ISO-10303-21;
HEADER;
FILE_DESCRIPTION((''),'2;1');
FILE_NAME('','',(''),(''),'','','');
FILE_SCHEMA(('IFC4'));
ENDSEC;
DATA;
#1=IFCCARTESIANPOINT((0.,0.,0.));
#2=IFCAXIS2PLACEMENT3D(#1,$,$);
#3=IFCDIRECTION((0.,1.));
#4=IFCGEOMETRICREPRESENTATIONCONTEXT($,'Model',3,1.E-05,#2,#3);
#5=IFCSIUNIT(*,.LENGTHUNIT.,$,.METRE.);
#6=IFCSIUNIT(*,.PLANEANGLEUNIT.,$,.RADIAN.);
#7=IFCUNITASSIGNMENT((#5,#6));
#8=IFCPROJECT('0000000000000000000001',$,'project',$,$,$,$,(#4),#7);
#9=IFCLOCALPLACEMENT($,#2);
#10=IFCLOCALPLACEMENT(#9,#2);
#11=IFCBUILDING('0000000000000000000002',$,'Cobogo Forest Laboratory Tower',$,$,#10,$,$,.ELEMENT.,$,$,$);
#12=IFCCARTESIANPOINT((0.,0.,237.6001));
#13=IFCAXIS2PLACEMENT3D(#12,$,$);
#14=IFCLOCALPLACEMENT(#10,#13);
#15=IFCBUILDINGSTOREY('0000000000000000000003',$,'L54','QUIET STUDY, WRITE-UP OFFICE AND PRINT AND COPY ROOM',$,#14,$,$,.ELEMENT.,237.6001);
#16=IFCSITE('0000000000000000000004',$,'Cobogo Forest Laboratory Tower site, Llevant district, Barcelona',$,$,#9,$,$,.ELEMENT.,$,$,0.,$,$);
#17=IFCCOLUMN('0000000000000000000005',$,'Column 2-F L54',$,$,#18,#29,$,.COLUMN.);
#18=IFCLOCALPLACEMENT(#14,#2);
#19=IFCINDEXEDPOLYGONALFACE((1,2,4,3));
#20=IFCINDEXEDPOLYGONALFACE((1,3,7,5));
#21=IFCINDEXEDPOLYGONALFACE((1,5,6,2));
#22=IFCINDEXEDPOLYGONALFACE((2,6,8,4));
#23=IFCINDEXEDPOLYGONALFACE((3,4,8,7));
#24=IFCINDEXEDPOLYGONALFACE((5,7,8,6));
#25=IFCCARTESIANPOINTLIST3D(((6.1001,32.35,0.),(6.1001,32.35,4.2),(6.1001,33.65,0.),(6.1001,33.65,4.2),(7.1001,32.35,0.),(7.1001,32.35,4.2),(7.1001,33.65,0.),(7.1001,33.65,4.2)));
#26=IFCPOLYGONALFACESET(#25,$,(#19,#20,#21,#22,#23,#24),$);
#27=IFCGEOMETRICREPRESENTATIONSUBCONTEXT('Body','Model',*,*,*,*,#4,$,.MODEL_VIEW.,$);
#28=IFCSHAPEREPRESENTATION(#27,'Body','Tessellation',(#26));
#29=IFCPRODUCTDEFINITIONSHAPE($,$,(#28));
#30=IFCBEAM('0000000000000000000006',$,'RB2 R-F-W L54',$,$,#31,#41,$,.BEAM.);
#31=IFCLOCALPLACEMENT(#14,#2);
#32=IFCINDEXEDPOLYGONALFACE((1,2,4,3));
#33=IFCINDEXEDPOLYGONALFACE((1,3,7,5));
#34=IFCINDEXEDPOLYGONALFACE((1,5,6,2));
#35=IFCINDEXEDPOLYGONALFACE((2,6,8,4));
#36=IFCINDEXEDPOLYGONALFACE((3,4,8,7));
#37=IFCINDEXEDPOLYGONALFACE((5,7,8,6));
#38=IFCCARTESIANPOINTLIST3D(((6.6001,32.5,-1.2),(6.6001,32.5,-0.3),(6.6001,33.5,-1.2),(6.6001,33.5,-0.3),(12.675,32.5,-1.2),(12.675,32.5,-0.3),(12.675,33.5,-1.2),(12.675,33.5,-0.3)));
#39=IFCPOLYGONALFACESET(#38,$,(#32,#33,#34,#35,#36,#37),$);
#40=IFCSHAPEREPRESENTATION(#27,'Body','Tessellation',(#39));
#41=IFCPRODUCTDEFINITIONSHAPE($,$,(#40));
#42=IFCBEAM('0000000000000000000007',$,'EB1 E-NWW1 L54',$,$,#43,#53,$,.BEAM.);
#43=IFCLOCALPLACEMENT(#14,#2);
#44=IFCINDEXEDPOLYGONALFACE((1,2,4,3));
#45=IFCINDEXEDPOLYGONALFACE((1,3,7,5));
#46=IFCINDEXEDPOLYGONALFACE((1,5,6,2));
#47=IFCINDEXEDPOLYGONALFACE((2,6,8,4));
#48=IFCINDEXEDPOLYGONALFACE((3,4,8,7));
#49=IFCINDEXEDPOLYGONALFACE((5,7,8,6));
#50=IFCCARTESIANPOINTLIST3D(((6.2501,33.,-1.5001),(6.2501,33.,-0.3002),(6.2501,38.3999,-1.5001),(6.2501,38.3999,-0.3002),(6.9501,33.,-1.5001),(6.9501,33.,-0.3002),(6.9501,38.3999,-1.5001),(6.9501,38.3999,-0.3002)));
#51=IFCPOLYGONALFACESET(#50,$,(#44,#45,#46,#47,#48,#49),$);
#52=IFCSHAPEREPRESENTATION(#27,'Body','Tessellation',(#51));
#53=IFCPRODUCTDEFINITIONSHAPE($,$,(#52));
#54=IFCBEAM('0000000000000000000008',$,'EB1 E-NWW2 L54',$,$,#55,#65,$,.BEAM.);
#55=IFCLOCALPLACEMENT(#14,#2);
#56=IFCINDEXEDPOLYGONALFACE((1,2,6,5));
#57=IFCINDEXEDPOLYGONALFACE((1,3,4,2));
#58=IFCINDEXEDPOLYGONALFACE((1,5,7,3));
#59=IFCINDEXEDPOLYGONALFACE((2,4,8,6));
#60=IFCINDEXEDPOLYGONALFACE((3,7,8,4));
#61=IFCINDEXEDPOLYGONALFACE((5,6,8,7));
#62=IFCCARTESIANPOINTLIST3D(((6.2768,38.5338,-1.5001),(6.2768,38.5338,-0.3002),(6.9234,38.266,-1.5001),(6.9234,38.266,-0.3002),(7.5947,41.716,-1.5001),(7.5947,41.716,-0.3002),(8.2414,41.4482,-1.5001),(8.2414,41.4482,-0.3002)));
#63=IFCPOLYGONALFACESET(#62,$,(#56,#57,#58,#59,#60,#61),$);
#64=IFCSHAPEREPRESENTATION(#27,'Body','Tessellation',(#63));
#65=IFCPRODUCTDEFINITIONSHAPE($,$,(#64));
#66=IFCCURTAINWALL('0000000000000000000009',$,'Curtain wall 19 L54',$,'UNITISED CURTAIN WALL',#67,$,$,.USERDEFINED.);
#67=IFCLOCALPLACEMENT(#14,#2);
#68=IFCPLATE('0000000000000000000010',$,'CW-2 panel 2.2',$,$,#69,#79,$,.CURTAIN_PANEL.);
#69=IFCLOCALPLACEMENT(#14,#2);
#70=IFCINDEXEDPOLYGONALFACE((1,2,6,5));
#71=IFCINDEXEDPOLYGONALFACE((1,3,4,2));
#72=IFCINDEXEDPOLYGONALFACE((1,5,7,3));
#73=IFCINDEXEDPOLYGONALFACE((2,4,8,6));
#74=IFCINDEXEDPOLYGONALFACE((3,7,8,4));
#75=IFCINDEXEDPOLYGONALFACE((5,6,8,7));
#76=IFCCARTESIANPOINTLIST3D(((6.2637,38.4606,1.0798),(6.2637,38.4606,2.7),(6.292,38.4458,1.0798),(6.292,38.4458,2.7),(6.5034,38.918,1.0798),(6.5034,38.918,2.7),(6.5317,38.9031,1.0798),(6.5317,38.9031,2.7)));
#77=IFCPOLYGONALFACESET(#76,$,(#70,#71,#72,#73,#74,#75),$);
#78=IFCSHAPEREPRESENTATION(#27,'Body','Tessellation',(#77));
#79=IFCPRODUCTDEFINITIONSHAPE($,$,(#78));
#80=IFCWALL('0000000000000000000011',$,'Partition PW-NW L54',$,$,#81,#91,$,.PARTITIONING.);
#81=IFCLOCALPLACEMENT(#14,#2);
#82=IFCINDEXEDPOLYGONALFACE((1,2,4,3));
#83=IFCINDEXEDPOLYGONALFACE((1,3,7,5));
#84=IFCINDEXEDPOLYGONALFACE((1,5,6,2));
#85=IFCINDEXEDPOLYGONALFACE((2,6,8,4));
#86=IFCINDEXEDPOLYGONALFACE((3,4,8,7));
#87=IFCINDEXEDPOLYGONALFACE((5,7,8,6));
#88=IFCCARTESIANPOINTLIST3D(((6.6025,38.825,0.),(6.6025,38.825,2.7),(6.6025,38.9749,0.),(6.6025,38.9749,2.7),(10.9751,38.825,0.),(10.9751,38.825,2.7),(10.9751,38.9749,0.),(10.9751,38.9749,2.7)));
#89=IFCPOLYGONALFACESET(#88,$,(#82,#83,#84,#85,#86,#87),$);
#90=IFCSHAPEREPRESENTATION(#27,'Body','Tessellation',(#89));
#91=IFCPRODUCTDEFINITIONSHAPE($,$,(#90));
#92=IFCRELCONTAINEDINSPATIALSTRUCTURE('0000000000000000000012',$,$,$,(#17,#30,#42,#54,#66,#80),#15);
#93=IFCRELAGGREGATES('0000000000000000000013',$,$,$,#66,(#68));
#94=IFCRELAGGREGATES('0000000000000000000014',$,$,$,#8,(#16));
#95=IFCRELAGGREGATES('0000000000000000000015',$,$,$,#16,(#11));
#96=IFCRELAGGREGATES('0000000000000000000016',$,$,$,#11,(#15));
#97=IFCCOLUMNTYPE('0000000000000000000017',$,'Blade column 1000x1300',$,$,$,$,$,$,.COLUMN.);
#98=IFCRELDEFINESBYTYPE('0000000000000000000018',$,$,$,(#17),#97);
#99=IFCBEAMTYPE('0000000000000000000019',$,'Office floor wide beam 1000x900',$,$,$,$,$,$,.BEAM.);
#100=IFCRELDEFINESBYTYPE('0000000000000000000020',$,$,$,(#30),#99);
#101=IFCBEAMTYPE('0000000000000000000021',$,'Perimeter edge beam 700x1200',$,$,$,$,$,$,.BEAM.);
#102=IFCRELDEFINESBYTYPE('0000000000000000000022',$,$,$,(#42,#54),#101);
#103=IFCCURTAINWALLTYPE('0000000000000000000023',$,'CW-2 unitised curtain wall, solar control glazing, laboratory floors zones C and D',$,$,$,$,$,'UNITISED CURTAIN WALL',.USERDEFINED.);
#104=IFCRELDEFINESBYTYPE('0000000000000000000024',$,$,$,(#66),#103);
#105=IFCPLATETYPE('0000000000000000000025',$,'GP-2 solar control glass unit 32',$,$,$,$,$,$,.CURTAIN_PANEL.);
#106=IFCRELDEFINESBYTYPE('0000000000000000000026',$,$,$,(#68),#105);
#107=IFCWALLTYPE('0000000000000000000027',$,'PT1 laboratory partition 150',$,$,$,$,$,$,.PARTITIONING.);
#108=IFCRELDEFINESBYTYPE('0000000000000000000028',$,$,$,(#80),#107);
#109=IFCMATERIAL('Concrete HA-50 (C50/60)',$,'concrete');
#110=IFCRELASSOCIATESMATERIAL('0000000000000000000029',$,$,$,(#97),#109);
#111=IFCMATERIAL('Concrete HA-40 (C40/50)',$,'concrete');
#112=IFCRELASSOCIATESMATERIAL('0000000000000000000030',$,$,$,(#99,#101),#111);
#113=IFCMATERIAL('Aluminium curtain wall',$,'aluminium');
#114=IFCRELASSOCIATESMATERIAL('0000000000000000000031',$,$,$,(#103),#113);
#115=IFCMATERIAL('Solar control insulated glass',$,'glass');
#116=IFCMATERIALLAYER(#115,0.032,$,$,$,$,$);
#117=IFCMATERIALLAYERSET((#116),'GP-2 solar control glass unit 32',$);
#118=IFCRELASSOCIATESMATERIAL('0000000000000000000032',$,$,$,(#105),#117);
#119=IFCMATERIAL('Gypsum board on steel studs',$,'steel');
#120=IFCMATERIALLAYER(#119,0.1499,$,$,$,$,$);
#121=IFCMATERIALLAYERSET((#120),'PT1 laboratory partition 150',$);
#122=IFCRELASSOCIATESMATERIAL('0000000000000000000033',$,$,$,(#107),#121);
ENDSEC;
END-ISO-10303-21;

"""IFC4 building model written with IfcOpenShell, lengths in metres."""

from ifc_helpers import new_model, si_unit, direction, frame, frame_2d, origin, origin_2d, place, context, subcontext, project, spatial, rectangle, extrude, material, layer, layer_set, material_profile, profile_set, type_object, element, aggregate, save


model = new_model("IFC4")

# Units and contexts
model_context = context("Model", 3, precision=1e-05, world=origin(), true_north=direction((0.0, 1.0)))
body_context = subcontext(model_context, "Body", "Model", "MODEL_VIEW")
ifc_project = project(units=[si_unit("LENGTHUNIT", "METRE"), si_unit("PLANEANGLEUNIT", "RADIAN")], contexts=[model_context])

# Site, building, storey
site_placement = place(None, origin())
site = spatial("IfcSite", under=ifc_project, at=site_placement, Name="Cobogo Forest Laboratory Tower site, Llevant district, Barcelona", CompositionType="ELEMENT", RefElevation=0.0)
building_placement = place(site_placement, origin())
building = spatial("IfcBuilding", under=site, at=building_placement, Name="Cobogo Forest Laboratory Tower", CompositionType="ELEMENT")
storey_placement = place(building_placement, frame((0.0, 0.0, 237.6001)))
storey = spatial("IfcBuildingStorey", under=building, at=storey_placement, Name="L54", Description="QUIET STUDY, WRITE-UP OFFICE AND PRINT AND COPY ROOM", CompositionType="ELEMENT", Elevation=237.6001)

# Column
ifc_material_1 = material(Name="Concrete HA-50 (C50/60)", Category="concrete")
ifc_material_profile_1 = material_profile(ifc_material_1, rectangle(XDim=1.3, YDim=1.0, at=origin_2d()), Name="RC 1000x1300")
ifc_profile_set_1 = profile_set([ifc_material_profile_1], Name="Concrete HA-50 (C50/60)")
column_type = type_object("IfcColumnType", Name="Blade column 1000x1300", PredefinedType="COLUMN", material=ifc_profile_set_1)
column_placement = place(storey_placement, frame((6.6001, 33.0, 0.0), z_axis=(0.0, 0.0, 1.0), x_axis=(0.0, 1.0, 0.0)))
element("IfcColumn", 1, at=column_placement, inside=storey, type_object=column_type, Name="Column 2-F L54", PredefinedType="COLUMN", context=body_context, shape_type="SweptSolid", body=[
    extrude(rectangle(XDim=1.3, YDim=1.0, at=origin_2d()), origin(), (0.0, 0.0, 1.0), 4.2),
])

# Beams
ifc_material_2 = material(Name="Concrete HA-40 (C40/50)", Category="concrete")
ifc_material_profile_2 = material_profile(ifc_material_2, rectangle(XDim=1.0, YDim=0.8999, at=origin_2d()), Name="RC 1000x900")
ifc_profile_set_2 = profile_set([ifc_material_profile_2], Name="Concrete HA-40 (C40/50)")
beam_type_1 = type_object("IfcBeamType", Name="Office floor wide beam 1000x900", PredefinedType="BEAM", material=ifc_profile_set_2)
beam_1_placement = place(storey_placement, frame((12.675, 33.0, -0.75), z_axis=(-1.0, 0.0, 0.0), x_axis=(0.0, -1.0, 0.0)))
element("IfcBeam", 2, at=beam_1_placement, inside=storey, type_object=beam_type_1, Name="RB2 R-F-W L54", PredefinedType="BEAM", context=body_context, shape_type="SweptSolid", body=[
    extrude(rectangle(XDim=1.0, YDim=0.8999, at=origin_2d()), origin(), (0.0, 0.0, 1.0), 6.075),
])
ifc_material_profile_3 = material_profile(ifc_material_2, rectangle(XDim=0.7, YDim=1.2, at=origin_2d()), Name="RC 700x1200")
ifc_profile_set_3 = profile_set([ifc_material_profile_3], Name="Concrete HA-40 (C40/50)")
beam_type_2 = type_object("IfcBeamType", Name="Perimeter edge beam 700x1200", PredefinedType="BEAM", material=ifc_profile_set_3)
beam_2_placement = place(storey_placement, frame((6.6001, 33.0, -0.9001), z_axis=(0.0, 1.0, 0.0), x_axis=(-1.0, 0.0, 0.0)))
element("IfcBeam", 3, at=beam_2_placement, inside=storey, type_object=beam_type_2, Name="EB1 E-NWW1 L54", PredefinedType="BEAM", context=body_context, shape_type="SweptSolid", body=[
    extrude(rectangle(XDim=0.7, YDim=1.2, at=origin_2d()), origin(), (0.0, 0.0, 1.0), 5.3999),
])
beam_3_placement = place(storey_placement, frame((6.6001, 38.3999, -0.9001), z_axis=(0.382631, 0.923901, 0.0), x_axis=(-0.923901, 0.382631, 0.0)))
element("IfcBeam", 4, at=beam_3_placement, inside=storey, type_object=beam_type_2, Name="EB1 E-NWW2 L54", PredefinedType="BEAM", context=body_context, shape_type="SweptSolid", body=[
    extrude(rectangle(XDim=0.7, YDim=1.2, at=origin_2d()), origin(), (0.0, 0.0, 1.0), 3.4443),
])

# Curtain wall, plate
ifc_material_3 = material(Name="Aluminium curtain wall", Category="aluminium")
curtain_wall_type = type_object("IfcCurtainWallType", Name="CW-2 unitised curtain wall, solar control glazing, laboratory floors zones C and D", ElementType="UNITISED CURTAIN WALL", PredefinedType="USERDEFINED", material=ifc_material_3)
curtain_wall_placement = place(storey_placement, origin())
curtain_wall = element("IfcCurtainWall", 5, at=curtain_wall_placement, inside=storey, type_object=curtain_wall_type, Name="Curtain wall 19 L54", ObjectType="UNITISED CURTAIN WALL", PredefinedType="USERDEFINED")
ifc_material_4 = material(Name="Solar control insulated glass", Category="glass")
ifc_layer_1 = layer(ifc_material_4, 0.032)
ifc_layer_set_1 = layer_set([ifc_layer_1], Name="GP-2 solar control glass unit 32")
plate_type = type_object("IfcPlateType", Name="GP-2 solar control glass unit 32", PredefinedType="CURTAIN_PANEL", material=ifc_layer_set_1)
plate_placement = place(storey_placement, frame((6.3977, 38.6819, 1.0798), z_axis=(0.0, 0.0, 1.0), x_axis=(-0.464284, -0.885686, 0.0)))
plate = element("IfcPlate", 6, at=plate_placement, type_object=plate_type, Name="CW-2 panel 2.2", PredefinedType="CURTAIN_PANEL", context=body_context, shape_type="SweptSolid", body=[
    extrude(rectangle(XDim=0.5164, YDim=0.032, at=origin_2d()), origin(), (0.0, 0.0, 1.0), 1.6201),
])
aggregate(curtain_wall, [plate])

# Wall
ifc_material_5 = material(Name="Gypsum board on steel studs", Category="steel")
ifc_layer_2 = layer(ifc_material_5, 0.1499)
ifc_layer_set_2 = layer_set([ifc_layer_2], Name="PT1 laboratory partition 150")
wall_type = type_object("IfcWallType", Name="PT1 laboratory partition 150", PredefinedType="PARTITIONING", material=ifc_layer_set_2)
wall_placement = place(storey_placement, frame((6.6025, 38.8999, 0.0), z_axis=(0.0, 0.0, 1.0), x_axis=(1.0, 0.0, 0.0)))
element("IfcWall", 7, at=wall_placement, inside=storey, type_object=wall_type, Name="Partition PW-NW L54", PredefinedType="PARTITIONING", context=body_context, shape_type="SweptSolid", body=[
    extrude(rectangle(XDim=4.3726, YDim=0.1499, at=frame_2d((2.1863, 0.0))), origin(), (0.0, 0.0, 1.0), 2.7),
])

save(model, "model.ifc")
